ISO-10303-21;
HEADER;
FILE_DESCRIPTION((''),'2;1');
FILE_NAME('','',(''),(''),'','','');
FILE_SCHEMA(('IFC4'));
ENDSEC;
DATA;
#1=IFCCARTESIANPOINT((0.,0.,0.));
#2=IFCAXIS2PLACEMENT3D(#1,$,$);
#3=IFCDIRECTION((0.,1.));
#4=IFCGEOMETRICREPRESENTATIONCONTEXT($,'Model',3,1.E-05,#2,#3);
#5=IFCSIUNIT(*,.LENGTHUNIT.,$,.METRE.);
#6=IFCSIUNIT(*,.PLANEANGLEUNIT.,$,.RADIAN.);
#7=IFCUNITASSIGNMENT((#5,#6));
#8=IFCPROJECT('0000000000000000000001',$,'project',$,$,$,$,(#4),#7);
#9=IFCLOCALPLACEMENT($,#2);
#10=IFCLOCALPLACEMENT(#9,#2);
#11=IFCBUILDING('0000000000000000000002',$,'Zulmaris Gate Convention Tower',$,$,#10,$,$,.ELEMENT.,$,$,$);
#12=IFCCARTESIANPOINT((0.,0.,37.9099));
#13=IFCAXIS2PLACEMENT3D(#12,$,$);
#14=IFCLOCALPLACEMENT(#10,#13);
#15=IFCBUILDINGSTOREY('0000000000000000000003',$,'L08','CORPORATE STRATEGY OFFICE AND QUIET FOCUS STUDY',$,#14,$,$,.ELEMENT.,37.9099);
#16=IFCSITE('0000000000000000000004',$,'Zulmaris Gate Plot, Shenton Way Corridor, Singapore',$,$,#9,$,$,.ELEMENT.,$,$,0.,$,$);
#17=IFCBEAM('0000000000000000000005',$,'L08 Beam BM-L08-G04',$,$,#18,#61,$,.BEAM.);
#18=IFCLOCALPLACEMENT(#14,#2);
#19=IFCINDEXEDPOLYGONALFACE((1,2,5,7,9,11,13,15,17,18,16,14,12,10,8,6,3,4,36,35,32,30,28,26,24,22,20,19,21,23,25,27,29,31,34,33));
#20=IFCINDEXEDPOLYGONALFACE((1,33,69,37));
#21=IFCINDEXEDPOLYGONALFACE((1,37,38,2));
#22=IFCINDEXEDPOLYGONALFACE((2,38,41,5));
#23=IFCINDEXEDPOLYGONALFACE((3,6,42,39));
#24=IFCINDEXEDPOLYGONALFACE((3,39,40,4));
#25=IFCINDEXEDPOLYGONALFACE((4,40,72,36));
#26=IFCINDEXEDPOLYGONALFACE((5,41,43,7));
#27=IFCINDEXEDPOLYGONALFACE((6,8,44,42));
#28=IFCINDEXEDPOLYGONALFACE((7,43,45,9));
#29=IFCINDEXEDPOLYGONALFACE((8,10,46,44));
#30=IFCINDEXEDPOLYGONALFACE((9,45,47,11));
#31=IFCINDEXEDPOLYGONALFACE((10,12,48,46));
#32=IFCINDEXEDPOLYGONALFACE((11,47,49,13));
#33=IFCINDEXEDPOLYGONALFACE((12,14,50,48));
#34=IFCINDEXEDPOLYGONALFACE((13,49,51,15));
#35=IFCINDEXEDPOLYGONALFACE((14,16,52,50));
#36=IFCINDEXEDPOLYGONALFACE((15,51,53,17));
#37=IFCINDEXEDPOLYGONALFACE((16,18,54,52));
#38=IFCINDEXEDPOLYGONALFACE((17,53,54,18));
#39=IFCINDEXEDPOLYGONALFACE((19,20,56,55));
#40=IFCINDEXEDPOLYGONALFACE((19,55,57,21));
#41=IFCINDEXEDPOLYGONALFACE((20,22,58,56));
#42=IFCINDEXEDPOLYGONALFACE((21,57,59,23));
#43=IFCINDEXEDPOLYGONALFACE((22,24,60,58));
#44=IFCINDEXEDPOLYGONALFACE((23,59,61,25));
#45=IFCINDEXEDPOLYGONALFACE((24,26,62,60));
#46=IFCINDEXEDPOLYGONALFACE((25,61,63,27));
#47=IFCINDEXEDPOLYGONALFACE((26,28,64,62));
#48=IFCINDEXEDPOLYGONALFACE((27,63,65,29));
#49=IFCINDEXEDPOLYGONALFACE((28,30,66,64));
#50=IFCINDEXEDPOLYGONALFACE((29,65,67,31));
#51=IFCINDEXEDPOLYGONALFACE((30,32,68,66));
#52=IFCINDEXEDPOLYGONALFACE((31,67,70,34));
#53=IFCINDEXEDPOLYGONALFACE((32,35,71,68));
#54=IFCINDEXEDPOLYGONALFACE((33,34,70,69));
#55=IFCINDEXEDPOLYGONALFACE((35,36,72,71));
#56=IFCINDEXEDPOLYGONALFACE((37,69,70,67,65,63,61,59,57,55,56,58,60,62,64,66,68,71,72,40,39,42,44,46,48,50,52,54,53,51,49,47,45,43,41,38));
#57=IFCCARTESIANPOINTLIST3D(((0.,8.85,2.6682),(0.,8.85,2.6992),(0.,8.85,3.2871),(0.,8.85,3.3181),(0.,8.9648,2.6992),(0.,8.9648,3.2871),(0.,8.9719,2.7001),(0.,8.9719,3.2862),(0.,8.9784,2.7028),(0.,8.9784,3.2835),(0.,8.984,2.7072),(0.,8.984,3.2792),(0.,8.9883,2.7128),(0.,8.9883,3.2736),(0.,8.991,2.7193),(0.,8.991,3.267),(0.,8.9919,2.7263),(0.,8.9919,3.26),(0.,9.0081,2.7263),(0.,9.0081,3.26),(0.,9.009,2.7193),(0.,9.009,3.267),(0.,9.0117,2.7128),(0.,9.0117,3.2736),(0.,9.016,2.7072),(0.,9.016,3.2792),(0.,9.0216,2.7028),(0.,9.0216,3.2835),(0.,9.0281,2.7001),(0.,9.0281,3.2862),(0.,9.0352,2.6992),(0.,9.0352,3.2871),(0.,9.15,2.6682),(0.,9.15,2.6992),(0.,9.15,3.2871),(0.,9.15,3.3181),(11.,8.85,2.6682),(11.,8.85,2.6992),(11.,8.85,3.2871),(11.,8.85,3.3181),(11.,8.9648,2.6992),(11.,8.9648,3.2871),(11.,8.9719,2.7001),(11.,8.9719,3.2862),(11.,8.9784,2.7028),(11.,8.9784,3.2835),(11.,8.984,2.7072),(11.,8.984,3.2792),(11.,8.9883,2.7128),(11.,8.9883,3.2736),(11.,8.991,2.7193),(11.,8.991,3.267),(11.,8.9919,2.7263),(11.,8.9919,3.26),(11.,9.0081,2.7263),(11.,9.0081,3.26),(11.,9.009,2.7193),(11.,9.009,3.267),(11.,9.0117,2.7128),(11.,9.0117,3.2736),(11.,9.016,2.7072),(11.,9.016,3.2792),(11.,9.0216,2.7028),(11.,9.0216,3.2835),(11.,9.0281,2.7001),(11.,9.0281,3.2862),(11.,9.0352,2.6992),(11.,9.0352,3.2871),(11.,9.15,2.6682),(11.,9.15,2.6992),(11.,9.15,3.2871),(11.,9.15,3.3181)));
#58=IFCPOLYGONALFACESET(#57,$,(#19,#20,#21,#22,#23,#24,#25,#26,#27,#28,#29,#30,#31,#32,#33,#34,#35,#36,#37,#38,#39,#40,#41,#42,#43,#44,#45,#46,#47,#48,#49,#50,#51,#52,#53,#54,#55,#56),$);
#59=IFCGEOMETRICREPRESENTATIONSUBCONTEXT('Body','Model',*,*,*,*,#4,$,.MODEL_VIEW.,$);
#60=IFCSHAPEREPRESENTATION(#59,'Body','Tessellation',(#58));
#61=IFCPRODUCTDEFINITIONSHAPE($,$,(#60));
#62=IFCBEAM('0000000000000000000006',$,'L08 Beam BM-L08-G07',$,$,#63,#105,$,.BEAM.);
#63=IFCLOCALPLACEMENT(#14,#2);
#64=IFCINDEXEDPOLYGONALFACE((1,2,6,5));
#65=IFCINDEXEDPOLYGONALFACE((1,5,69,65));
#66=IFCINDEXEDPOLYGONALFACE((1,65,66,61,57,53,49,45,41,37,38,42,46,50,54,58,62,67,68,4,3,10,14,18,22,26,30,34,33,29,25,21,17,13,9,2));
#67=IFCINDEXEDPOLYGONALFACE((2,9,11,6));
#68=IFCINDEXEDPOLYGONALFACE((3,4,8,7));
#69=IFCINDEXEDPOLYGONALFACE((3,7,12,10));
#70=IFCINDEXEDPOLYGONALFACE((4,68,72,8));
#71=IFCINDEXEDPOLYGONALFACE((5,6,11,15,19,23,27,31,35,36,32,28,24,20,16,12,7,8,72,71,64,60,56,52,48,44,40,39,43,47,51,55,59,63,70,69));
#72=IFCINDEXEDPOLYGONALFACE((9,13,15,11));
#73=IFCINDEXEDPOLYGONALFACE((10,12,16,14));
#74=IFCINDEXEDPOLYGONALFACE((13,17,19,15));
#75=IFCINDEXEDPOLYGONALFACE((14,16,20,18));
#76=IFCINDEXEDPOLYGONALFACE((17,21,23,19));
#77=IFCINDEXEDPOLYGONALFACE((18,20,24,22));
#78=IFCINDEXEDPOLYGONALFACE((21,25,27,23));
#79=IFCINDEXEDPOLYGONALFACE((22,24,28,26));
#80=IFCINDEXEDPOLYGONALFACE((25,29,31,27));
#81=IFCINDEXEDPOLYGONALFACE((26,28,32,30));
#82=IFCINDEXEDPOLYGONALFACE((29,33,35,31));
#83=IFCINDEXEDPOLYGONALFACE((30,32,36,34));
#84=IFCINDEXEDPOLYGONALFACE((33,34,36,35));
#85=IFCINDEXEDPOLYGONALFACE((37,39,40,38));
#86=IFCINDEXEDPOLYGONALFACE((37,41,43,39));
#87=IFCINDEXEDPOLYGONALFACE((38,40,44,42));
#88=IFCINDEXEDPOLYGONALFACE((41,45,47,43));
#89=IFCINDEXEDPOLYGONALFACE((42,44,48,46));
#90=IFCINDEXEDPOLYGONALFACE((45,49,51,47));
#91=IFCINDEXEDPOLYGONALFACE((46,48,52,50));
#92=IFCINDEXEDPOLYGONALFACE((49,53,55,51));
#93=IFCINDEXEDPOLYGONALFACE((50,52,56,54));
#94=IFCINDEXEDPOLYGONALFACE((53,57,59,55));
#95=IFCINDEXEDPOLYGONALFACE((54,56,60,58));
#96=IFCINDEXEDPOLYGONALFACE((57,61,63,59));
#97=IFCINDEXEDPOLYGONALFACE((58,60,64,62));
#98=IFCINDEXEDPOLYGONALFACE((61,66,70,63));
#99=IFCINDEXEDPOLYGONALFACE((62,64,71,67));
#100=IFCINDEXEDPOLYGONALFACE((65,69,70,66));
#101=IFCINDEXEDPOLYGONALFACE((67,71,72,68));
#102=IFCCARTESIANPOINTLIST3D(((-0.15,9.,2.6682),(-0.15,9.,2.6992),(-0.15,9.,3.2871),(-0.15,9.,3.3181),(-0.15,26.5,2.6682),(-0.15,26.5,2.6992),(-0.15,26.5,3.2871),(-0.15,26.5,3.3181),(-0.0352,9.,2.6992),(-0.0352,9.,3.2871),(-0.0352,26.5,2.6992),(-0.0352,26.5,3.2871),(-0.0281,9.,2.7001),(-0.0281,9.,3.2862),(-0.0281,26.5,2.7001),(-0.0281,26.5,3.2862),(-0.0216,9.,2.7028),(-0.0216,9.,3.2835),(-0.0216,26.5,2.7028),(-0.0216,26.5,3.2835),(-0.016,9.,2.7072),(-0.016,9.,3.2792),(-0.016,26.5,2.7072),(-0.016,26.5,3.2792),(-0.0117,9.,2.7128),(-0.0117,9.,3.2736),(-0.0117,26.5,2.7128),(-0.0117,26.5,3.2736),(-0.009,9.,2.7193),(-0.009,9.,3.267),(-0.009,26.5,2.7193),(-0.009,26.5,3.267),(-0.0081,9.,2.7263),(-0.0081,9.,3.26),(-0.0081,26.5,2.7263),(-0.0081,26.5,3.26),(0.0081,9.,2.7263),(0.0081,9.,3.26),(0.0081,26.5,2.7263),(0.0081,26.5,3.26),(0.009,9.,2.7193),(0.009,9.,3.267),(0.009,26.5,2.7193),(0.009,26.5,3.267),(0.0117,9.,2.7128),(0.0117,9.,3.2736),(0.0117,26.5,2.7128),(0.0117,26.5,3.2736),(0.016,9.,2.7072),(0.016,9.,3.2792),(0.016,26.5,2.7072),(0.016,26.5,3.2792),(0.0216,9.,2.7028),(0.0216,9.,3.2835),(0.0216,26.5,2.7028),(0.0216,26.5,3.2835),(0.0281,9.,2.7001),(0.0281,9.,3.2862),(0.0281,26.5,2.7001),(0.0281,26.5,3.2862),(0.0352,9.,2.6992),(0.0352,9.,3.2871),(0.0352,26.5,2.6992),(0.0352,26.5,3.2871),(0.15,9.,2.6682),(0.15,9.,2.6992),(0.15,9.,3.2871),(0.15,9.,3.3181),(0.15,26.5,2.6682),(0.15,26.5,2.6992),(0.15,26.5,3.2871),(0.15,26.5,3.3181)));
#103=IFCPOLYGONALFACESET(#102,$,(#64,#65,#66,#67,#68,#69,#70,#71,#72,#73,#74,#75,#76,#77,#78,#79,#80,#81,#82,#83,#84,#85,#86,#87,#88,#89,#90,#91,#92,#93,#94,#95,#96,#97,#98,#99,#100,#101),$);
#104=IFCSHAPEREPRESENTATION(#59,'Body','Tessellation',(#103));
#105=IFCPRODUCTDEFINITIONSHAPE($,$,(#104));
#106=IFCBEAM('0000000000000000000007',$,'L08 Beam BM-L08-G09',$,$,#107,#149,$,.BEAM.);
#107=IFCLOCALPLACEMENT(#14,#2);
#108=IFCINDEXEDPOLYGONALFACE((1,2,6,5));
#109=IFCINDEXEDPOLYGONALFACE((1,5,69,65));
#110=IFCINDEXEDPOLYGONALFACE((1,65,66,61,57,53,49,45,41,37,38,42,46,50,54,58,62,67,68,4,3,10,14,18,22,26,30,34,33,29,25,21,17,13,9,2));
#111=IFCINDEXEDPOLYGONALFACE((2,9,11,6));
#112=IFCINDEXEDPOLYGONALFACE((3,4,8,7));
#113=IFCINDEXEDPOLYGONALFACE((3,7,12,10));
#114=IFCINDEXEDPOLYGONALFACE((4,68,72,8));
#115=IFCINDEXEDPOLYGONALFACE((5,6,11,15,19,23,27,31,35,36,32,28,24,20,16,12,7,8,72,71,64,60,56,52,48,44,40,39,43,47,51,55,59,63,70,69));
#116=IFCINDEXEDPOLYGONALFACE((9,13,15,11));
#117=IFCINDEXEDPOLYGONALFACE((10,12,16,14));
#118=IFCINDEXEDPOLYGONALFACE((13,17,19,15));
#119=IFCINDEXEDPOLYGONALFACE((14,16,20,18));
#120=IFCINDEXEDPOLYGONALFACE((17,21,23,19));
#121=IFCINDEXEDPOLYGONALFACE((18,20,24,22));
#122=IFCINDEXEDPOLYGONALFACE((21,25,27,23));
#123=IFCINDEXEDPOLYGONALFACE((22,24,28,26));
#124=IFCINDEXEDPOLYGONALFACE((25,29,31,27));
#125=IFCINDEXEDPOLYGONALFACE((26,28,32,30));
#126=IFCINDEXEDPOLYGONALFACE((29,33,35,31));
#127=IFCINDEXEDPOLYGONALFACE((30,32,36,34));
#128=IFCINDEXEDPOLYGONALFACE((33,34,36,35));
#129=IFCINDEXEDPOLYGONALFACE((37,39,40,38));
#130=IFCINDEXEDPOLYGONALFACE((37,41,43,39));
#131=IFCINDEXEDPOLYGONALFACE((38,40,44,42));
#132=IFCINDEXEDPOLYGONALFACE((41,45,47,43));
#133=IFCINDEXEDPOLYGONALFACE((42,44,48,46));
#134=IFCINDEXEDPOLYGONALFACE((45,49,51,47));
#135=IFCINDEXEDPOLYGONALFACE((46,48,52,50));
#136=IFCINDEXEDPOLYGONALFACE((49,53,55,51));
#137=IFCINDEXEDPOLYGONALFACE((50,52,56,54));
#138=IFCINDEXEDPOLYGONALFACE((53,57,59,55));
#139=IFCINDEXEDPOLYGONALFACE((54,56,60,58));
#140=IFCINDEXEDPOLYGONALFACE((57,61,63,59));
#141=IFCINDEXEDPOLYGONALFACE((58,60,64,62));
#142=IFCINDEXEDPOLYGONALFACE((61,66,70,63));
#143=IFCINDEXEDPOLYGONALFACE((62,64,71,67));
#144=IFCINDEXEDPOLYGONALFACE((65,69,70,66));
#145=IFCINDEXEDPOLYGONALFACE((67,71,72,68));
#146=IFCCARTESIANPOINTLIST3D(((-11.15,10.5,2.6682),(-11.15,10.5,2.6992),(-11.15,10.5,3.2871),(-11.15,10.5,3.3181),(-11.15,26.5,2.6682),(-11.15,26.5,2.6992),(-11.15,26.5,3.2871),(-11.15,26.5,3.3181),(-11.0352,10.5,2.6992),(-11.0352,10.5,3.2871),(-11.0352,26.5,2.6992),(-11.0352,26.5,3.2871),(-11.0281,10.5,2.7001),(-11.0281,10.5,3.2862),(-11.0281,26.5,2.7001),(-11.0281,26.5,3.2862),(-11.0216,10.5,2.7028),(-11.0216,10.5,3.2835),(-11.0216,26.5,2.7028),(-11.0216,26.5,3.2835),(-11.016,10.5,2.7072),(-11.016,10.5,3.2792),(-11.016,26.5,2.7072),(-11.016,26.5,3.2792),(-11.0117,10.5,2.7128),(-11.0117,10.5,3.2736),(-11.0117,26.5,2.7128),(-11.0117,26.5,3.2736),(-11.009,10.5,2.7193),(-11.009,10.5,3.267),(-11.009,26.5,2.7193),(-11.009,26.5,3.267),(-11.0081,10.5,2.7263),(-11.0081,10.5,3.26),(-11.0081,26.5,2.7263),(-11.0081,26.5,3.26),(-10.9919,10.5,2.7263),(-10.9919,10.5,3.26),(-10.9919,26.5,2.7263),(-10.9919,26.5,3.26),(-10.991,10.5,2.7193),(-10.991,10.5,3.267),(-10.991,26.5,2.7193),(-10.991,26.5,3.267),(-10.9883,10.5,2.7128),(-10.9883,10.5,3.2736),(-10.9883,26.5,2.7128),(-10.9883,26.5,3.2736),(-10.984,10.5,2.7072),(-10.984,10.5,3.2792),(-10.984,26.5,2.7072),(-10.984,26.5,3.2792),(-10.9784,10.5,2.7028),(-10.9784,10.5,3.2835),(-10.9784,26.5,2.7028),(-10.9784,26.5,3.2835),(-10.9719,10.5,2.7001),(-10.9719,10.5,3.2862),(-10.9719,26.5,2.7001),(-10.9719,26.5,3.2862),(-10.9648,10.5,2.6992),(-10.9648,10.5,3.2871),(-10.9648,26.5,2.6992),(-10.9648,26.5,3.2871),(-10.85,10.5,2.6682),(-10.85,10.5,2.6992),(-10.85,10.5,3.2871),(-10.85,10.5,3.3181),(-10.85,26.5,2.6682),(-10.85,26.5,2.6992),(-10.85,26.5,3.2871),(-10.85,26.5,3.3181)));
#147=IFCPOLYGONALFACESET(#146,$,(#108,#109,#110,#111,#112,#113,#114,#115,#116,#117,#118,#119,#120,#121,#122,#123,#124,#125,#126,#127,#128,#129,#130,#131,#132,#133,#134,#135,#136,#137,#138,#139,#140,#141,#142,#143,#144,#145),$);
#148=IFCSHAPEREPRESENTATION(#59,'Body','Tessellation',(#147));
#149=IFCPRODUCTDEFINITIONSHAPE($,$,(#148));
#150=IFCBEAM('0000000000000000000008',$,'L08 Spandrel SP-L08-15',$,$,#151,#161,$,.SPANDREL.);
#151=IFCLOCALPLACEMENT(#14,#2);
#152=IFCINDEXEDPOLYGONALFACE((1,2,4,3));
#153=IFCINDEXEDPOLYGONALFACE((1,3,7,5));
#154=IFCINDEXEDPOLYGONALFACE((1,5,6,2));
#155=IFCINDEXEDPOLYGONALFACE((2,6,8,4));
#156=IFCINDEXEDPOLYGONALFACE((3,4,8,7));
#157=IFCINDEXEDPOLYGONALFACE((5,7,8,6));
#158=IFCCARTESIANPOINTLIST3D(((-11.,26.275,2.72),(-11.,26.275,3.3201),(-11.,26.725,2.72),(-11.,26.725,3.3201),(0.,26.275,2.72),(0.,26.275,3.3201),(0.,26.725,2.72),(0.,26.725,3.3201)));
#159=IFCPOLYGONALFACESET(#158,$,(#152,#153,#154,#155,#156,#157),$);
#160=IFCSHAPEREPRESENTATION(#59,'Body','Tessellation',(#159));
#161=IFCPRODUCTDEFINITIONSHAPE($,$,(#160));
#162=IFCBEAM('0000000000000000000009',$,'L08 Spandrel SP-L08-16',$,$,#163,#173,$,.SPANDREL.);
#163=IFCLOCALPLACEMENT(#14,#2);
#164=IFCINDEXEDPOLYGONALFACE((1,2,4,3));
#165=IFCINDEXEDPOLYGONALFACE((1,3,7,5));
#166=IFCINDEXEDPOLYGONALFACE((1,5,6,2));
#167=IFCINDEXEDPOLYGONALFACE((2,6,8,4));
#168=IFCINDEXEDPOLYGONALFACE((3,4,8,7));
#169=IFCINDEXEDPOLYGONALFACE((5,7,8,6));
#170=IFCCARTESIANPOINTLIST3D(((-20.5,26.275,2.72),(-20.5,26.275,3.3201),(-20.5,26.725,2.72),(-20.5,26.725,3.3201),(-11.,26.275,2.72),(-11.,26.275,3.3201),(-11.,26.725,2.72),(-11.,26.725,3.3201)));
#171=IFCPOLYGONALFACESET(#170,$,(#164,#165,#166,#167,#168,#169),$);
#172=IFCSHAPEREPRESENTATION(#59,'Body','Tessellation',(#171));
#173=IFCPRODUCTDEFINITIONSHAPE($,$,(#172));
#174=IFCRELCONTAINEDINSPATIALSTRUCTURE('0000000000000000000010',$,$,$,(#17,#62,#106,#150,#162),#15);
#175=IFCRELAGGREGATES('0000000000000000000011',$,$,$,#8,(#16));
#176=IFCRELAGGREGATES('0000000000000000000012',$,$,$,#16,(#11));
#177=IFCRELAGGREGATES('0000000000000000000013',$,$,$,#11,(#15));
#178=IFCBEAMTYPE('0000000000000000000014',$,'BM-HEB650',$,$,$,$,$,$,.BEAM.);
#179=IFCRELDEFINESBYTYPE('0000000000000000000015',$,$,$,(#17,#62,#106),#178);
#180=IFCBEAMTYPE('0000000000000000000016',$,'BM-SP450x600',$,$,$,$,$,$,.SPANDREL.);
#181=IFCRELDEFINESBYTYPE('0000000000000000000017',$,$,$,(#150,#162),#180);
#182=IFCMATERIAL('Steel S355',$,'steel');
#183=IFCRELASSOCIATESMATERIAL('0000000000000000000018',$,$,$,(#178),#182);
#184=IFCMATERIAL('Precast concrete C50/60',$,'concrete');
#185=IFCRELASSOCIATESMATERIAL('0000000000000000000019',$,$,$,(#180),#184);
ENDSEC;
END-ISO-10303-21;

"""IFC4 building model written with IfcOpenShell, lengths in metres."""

from ifc_helpers import new_model, si_unit, direction, frame, origin, origin_2d, place, context, subcontext, project, spatial, rectangle, i_section, extrude, material, material_profile, profile_set, type_object, element, save


model = new_model("IFC4")

# Units and contexts
model_context = context("Model", 3, precision=1e-05, world=origin(), true_north=direction((0.0, 1.0)))
body_context = subcontext(model_context, "Body", "Model", "MODEL_VIEW")
ifc_project = project(units=[si_unit("LENGTHUNIT", "METRE"), si_unit("PLANEANGLEUNIT", "RADIAN")], contexts=[model_context])

# Site, building, storey
site_placement = place(None, origin())
site = spatial("IfcSite", under=ifc_project, at=site_placement, Name="Zulmaris Gate Plot, Shenton Way Corridor, Singapore", CompositionType="ELEMENT", RefElevation=0.0)
building_placement = place(site_placement, origin())
building = spatial("IfcBuilding", under=site, at=building_placement, Name="Zulmaris Gate Convention Tower", CompositionType="ELEMENT")
storey_placement = place(building_placement, frame((0.0, 0.0, 37.9099)))
storey = spatial("IfcBuildingStorey", under=building, at=storey_placement, Name="L08", Description="CORPORATE STRATEGY OFFICE AND QUIET FOCUS STUDY", CompositionType="ELEMENT", Elevation=37.9099)

# Beams
ifc_material_1 = material(Name="Steel S355", Category="steel")
ifc_material_profile_1 = material_profile(ifc_material_1, i_section(OverallWidth=0.3, OverallDepth=0.6499, WebThickness=0.0161, FlangeThickness=0.031, FilletRadius=0.0271, at=origin_2d()), Name="HEB 650")
ifc_profile_set_1 = profile_set([ifc_material_profile_1], Name="Steel S355")
beam_type_1 = type_object("IfcBeamType", Name="BM-HEB650", PredefinedType="BEAM", material=ifc_profile_set_1)
for number, where, z_axis, x_axis, name in (
    (1, (0.0, 9.0, 2.9932), (1.0, 0.0, 0.0), (0.0, 1.0, 0.0), "L08 Beam BM-L08-G04"),
):
    element("IfcBeam", number, at=place(storey_placement, frame(where, z_axis=z_axis, x_axis=x_axis)), inside=storey, type_object=beam_type_1, Name=name, PredefinedType="BEAM", context=body_context, shape_type="SweptSolid", body=[
        extrude(i_section(OverallWidth=0.3, OverallDepth=0.6499, WebThickness=0.0161, FlangeThickness=0.031, FilletRadius=0.0271, at=origin_2d()), origin(), (0.0, 0.0, 1.0), 11.0),
    ])
beam_1_placement = place(storey_placement, frame((0.0, 9.0, 2.9932), z_axis=(0.0, 1.0, 0.0), x_axis=(-1.0, 0.0, 0.0)))
element("IfcBeam", 2, at=beam_1_placement, inside=storey, type_object=beam_type_1, Name="L08 Beam BM-L08-G07", PredefinedType="BEAM", context=body_context, shape_type="SweptSolid", body=[
    extrude(i_section(OverallWidth=0.3, OverallDepth=0.6499, WebThickness=0.0161, FlangeThickness=0.031, FilletRadius=0.0271, at=origin_2d()), origin(), (0.0, 0.0, 1.0), 17.5),
])
beam_2_placement = place(storey_placement, frame((-11.0, 10.5, 2.9932), z_axis=(0.0, 1.0, 0.0), x_axis=(-1.0, 0.0, 0.0)))
element("IfcBeam", 3, at=beam_2_placement, inside=storey, type_object=beam_type_1, Name="L08 Beam BM-L08-G09", PredefinedType="BEAM", context=body_context, shape_type="SweptSolid", body=[
    extrude(i_section(OverallWidth=0.3, OverallDepth=0.6499, WebThickness=0.0161, FlangeThickness=0.031, FilletRadius=0.0271, at=origin_2d()), origin(), (0.0, 0.0, 1.0), 16.0),
])
ifc_material_2 = material(Name="Precast concrete C50/60", Category="concrete")
ifc_material_profile_2 = material_profile(ifc_material_2, rectangle(XDim=0.45, YDim=0.6001, at=origin_2d()), Name="RC SPANDREL 450x600")
ifc_profile_set_2 = profile_set([ifc_material_profile_2], Name="Precast concrete C50/60")
beam_type_2 = type_object("IfcBeamType", Name="BM-SP450x600", PredefinedType="SPANDREL", material=ifc_profile_set_2)
beam_3_placement = place(storey_placement, frame((0.0, 26.5, 3.02), z_axis=(-1.0, 0.0, 0.0), x_axis=(0.0, -1.0, 0.0)))
element("IfcBeam", 4, at=beam_3_placement, inside=storey, type_object=beam_type_2, Name="L08 Spandrel SP-L08-15", PredefinedType="SPANDREL", context=body_context, shape_type="SweptSolid", body=[
    extrude(rectangle(XDim=0.45, YDim=0.6001, at=origin_2d()), origin(), (0.0, 0.0, 1.0), 11.0),
])
beam_4_placement = place(storey_placement, frame((-11.0, 26.5, 3.02), z_axis=(-1.0, 0.0, 0.0), x_axis=(0.0, -1.0, 0.0)))
element("IfcBeam", 5, at=beam_4_placement, inside=storey, type_object=beam_type_2, Name="L08 Spandrel SP-L08-16", PredefinedType="SPANDREL", context=body_context, shape_type="SweptSolid", body=[
    extrude(rectangle(XDim=0.45, YDim=0.6001, at=origin_2d()), origin(), (0.0, 0.0, 1.0), 9.5),
])

save(model, "model.ifc")
